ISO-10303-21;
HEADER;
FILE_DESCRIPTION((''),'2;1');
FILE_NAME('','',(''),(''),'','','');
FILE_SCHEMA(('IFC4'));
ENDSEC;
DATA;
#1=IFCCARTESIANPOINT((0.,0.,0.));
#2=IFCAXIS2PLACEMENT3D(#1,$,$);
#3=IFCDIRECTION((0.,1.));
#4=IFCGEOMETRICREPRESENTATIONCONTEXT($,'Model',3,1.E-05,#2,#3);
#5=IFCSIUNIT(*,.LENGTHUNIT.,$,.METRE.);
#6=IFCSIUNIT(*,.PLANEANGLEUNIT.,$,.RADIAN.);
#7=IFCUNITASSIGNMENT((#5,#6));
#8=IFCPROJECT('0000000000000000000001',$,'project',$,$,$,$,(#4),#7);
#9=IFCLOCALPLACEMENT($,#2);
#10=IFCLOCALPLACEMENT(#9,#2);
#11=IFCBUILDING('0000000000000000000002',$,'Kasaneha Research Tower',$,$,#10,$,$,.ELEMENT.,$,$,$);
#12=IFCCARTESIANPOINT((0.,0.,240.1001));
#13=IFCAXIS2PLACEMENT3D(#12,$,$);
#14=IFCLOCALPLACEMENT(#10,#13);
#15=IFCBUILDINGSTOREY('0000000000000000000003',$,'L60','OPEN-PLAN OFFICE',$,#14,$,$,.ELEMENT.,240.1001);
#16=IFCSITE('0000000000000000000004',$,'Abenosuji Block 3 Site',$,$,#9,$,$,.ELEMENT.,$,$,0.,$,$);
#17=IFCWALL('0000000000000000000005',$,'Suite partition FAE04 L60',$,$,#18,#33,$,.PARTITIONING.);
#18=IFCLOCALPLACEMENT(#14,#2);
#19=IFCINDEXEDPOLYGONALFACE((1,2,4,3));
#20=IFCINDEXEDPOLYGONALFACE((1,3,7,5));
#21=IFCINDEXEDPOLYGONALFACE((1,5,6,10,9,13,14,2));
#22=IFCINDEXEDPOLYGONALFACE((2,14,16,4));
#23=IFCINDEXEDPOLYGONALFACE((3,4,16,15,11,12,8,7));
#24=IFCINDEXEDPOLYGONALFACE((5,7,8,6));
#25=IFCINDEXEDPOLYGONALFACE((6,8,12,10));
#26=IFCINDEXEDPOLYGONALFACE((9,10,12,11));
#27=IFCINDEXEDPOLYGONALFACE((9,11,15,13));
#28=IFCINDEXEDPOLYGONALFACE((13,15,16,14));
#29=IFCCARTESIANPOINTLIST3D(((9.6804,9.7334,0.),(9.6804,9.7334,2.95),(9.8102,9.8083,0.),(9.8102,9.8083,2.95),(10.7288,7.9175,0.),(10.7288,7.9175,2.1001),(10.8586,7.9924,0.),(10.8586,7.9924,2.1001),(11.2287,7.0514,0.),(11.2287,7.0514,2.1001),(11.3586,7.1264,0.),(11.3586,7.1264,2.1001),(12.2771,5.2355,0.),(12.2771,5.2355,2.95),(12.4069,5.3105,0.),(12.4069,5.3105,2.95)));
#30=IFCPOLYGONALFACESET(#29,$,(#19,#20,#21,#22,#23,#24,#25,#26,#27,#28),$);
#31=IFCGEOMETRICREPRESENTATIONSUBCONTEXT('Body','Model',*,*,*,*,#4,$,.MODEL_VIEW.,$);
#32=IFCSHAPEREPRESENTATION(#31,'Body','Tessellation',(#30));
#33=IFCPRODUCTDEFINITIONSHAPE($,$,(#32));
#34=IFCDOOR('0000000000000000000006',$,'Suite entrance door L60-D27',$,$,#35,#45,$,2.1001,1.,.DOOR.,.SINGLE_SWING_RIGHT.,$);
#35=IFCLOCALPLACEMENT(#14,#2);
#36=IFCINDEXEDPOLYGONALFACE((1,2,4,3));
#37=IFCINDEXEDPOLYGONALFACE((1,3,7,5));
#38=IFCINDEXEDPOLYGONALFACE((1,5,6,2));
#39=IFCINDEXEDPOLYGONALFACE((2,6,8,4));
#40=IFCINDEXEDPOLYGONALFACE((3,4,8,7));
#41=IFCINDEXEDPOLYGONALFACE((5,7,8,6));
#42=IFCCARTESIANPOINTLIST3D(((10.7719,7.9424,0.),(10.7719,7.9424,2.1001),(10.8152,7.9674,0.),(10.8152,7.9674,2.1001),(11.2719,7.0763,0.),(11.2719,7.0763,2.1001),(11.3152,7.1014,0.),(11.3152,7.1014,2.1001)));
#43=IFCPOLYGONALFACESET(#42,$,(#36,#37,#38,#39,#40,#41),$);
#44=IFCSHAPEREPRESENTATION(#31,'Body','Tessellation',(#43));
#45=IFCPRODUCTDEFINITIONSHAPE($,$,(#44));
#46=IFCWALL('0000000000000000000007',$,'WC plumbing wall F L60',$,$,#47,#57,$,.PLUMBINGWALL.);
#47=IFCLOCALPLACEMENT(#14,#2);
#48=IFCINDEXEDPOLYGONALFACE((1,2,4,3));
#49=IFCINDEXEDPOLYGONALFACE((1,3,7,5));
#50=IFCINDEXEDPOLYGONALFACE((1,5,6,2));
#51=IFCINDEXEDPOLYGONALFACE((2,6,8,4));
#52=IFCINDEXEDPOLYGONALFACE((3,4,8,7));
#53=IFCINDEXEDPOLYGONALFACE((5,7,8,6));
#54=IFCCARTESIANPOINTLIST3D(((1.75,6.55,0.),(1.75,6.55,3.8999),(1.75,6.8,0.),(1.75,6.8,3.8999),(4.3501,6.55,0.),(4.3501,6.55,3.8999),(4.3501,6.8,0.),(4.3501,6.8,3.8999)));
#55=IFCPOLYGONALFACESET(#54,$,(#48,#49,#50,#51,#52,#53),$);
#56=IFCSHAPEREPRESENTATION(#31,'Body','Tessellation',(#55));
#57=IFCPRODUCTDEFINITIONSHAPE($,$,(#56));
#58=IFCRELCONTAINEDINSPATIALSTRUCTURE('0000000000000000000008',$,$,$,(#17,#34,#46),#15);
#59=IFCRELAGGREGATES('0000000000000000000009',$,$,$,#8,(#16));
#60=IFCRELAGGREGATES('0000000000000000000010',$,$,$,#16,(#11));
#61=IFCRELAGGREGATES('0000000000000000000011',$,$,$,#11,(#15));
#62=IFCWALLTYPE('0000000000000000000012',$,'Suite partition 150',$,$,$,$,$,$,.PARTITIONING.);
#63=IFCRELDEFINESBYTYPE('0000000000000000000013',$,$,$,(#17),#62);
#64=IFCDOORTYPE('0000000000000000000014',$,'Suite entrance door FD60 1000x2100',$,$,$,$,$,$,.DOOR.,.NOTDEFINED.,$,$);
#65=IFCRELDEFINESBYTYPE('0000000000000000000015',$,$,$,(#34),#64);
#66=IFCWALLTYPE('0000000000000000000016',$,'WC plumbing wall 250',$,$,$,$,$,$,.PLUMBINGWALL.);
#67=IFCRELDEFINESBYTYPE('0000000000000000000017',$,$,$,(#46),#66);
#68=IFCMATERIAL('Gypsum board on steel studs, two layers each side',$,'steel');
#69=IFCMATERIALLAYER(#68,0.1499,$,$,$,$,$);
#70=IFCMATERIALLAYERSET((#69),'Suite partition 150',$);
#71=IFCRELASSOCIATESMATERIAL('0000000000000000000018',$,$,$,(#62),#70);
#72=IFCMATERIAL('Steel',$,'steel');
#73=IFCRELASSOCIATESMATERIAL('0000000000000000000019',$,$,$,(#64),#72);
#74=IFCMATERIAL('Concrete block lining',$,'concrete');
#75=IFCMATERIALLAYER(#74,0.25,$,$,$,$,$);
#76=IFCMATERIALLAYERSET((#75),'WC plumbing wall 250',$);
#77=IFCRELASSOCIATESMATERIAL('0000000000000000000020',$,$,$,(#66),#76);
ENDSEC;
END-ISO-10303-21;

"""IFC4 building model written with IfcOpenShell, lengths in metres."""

from ifc_helpers import new_model, si_unit, direction, frame, frame_2d, origin, place, context, subcontext, project, spatial, rectangle, extrude, material, layer, layer_set, type_object, element, fill, save


model = new_model("IFC4")

# Units and contexts
model_context = context("Model", 3, precision=1e-05, world=origin(), true_north=direction((0.0, 1.0)))
body_context = subcontext(model_context, "Body", "Model", "MODEL_VIEW")
ifc_project = project(units=[si_unit("LENGTHUNIT", "METRE"), si_unit("PLANEANGLEUNIT", "RADIAN")], contexts=[model_context])

# Site, building, storey
site_placement = place(None, origin())
site = spatial("IfcSite", under=ifc_project, at=site_placement, Name="Abenosuji Block 3 Site", CompositionType="ELEMENT", RefElevation=0.0)
building_placement = place(site_placement, origin())
building = spatial("IfcBuilding", under=site, at=building_placement, Name="Kasaneha Research Tower", CompositionType="ELEMENT")
storey_placement = place(building_placement, frame((0.0, 0.0, 240.1001)))
storey = spatial("IfcBuildingStorey", under=building, at=storey_placement, Name="L60", Description="OPEN-PLAN OFFICE", CompositionType="ELEMENT", Elevation=240.1001)

# Shared definitions
ifc_material_1 = material(Name="Gypsum board on steel studs, two layers each side", Category="steel")
ifc_layer_1 = layer(ifc_material_1, 0.1499)
ifc_layer_set_1 = layer_set([ifc_layer_1], Name="Suite partition 150")
wall_type_1 = type_object("IfcWallType", Name="Suite partition 150", PredefinedType="PARTITIONING", material=ifc_layer_set_1)
ifc_material_2 = material(Name="Steel", Category="steel")
door_type_1 = type_object("IfcDoorType", Name="Suite entrance door FD60 1000x2100", OperationType="NOTDEFINED", PredefinedType="DOOR", material=ifc_material_2)

# Wall, opening, door
wall_1_placement = place(storey_placement, frame((9.7454, 9.7708, 0.0), z_axis=(0.0, 0.0, 1.0), x_axis=(0.499982, -0.866036, 0.0)))
wall_1 = element("IfcWall", 1, at=wall_1_placement, inside=storey, type_object=wall_type_1, Name="Suite partition FAE04 L60", PredefinedType="PARTITIONING", context=body_context, shape_type="SweptSolid", body=[
    extrude(rectangle(XDim=5.1936, YDim=0.1499, at=frame_2d((2.5967, 0.0))), origin(), (0.0, 0.0, 1.0), 2.95),
])
opening_1_placement = place(wall_1_placement, frame((2.0967, 0.0, 0.0)))
opening_1 = element("IfcOpeningElement", 2, at=opening_1_placement, cuts=wall_1, PredefinedType="OPENING", context=body_context, shape_type="SweptSolid", body=[
    extrude(rectangle(XDim=1.0, YDim=2.1001, at=frame_2d((0.5, 1.05))), frame((0.0, 0.085, 0.0), z_axis=(0.0, -1.0, 0.0), x_axis=(1.0, 0.0, 0.0)), (0.0, 0.0, 1.0), 0.1699),
])
door_1_placement = place(opening_1_placement, origin())
door_1 = element("IfcDoor", 3, at=door_1_placement, inside=storey, type_object=door_type_1, Name="Suite entrance door L60-D27", OperationType="SINGLE_SWING_RIGHT", OverallHeight=2.1001, OverallWidth=1.0, PredefinedType="DOOR", context=body_context, shape_type="SweptSolid", body=[
    extrude(rectangle(XDim=1.0, YDim=2.1001, at=frame_2d((0.5, 1.05))), frame((0.0, 0.0249, 0.0), z_axis=(0.0, -1.0, 0.0), x_axis=(1.0, 0.0, 0.0)), (0.0, 0.0, 1.0), 0.05),
])
fill(opening_1, door_1)

# Wall
ifc_material_3 = material(Name="Concrete block lining", Category="concrete")
ifc_layer_2 = layer(ifc_material_3, 0.25)
ifc_layer_set_2 = layer_set([ifc_layer_2], Name="WC plumbing wall 250")
wall_type_2 = type_object("IfcWallType", Name="WC plumbing wall 250", PredefinedType="PLUMBINGWALL", material=ifc_layer_set_2)
wall_2_placement = place(storey_placement, frame((1.75, 6.675, 0.0), z_axis=(0.0, 0.0, 1.0), x_axis=(1.0, 0.0, 0.0)))
element("IfcWall", 4, at=wall_2_placement, inside=storey, type_object=wall_type_2, Name="WC plumbing wall F L60", PredefinedType="PLUMBINGWALL", context=body_context, shape_type="SweptSolid", body=[
    extrude(rectangle(XDim=2.6001, YDim=0.25, at=frame_2d((1.3, 0.0))), origin(), (0.0, 0.0, 1.0), 3.8999),
])

save(model, "model.ifc")
